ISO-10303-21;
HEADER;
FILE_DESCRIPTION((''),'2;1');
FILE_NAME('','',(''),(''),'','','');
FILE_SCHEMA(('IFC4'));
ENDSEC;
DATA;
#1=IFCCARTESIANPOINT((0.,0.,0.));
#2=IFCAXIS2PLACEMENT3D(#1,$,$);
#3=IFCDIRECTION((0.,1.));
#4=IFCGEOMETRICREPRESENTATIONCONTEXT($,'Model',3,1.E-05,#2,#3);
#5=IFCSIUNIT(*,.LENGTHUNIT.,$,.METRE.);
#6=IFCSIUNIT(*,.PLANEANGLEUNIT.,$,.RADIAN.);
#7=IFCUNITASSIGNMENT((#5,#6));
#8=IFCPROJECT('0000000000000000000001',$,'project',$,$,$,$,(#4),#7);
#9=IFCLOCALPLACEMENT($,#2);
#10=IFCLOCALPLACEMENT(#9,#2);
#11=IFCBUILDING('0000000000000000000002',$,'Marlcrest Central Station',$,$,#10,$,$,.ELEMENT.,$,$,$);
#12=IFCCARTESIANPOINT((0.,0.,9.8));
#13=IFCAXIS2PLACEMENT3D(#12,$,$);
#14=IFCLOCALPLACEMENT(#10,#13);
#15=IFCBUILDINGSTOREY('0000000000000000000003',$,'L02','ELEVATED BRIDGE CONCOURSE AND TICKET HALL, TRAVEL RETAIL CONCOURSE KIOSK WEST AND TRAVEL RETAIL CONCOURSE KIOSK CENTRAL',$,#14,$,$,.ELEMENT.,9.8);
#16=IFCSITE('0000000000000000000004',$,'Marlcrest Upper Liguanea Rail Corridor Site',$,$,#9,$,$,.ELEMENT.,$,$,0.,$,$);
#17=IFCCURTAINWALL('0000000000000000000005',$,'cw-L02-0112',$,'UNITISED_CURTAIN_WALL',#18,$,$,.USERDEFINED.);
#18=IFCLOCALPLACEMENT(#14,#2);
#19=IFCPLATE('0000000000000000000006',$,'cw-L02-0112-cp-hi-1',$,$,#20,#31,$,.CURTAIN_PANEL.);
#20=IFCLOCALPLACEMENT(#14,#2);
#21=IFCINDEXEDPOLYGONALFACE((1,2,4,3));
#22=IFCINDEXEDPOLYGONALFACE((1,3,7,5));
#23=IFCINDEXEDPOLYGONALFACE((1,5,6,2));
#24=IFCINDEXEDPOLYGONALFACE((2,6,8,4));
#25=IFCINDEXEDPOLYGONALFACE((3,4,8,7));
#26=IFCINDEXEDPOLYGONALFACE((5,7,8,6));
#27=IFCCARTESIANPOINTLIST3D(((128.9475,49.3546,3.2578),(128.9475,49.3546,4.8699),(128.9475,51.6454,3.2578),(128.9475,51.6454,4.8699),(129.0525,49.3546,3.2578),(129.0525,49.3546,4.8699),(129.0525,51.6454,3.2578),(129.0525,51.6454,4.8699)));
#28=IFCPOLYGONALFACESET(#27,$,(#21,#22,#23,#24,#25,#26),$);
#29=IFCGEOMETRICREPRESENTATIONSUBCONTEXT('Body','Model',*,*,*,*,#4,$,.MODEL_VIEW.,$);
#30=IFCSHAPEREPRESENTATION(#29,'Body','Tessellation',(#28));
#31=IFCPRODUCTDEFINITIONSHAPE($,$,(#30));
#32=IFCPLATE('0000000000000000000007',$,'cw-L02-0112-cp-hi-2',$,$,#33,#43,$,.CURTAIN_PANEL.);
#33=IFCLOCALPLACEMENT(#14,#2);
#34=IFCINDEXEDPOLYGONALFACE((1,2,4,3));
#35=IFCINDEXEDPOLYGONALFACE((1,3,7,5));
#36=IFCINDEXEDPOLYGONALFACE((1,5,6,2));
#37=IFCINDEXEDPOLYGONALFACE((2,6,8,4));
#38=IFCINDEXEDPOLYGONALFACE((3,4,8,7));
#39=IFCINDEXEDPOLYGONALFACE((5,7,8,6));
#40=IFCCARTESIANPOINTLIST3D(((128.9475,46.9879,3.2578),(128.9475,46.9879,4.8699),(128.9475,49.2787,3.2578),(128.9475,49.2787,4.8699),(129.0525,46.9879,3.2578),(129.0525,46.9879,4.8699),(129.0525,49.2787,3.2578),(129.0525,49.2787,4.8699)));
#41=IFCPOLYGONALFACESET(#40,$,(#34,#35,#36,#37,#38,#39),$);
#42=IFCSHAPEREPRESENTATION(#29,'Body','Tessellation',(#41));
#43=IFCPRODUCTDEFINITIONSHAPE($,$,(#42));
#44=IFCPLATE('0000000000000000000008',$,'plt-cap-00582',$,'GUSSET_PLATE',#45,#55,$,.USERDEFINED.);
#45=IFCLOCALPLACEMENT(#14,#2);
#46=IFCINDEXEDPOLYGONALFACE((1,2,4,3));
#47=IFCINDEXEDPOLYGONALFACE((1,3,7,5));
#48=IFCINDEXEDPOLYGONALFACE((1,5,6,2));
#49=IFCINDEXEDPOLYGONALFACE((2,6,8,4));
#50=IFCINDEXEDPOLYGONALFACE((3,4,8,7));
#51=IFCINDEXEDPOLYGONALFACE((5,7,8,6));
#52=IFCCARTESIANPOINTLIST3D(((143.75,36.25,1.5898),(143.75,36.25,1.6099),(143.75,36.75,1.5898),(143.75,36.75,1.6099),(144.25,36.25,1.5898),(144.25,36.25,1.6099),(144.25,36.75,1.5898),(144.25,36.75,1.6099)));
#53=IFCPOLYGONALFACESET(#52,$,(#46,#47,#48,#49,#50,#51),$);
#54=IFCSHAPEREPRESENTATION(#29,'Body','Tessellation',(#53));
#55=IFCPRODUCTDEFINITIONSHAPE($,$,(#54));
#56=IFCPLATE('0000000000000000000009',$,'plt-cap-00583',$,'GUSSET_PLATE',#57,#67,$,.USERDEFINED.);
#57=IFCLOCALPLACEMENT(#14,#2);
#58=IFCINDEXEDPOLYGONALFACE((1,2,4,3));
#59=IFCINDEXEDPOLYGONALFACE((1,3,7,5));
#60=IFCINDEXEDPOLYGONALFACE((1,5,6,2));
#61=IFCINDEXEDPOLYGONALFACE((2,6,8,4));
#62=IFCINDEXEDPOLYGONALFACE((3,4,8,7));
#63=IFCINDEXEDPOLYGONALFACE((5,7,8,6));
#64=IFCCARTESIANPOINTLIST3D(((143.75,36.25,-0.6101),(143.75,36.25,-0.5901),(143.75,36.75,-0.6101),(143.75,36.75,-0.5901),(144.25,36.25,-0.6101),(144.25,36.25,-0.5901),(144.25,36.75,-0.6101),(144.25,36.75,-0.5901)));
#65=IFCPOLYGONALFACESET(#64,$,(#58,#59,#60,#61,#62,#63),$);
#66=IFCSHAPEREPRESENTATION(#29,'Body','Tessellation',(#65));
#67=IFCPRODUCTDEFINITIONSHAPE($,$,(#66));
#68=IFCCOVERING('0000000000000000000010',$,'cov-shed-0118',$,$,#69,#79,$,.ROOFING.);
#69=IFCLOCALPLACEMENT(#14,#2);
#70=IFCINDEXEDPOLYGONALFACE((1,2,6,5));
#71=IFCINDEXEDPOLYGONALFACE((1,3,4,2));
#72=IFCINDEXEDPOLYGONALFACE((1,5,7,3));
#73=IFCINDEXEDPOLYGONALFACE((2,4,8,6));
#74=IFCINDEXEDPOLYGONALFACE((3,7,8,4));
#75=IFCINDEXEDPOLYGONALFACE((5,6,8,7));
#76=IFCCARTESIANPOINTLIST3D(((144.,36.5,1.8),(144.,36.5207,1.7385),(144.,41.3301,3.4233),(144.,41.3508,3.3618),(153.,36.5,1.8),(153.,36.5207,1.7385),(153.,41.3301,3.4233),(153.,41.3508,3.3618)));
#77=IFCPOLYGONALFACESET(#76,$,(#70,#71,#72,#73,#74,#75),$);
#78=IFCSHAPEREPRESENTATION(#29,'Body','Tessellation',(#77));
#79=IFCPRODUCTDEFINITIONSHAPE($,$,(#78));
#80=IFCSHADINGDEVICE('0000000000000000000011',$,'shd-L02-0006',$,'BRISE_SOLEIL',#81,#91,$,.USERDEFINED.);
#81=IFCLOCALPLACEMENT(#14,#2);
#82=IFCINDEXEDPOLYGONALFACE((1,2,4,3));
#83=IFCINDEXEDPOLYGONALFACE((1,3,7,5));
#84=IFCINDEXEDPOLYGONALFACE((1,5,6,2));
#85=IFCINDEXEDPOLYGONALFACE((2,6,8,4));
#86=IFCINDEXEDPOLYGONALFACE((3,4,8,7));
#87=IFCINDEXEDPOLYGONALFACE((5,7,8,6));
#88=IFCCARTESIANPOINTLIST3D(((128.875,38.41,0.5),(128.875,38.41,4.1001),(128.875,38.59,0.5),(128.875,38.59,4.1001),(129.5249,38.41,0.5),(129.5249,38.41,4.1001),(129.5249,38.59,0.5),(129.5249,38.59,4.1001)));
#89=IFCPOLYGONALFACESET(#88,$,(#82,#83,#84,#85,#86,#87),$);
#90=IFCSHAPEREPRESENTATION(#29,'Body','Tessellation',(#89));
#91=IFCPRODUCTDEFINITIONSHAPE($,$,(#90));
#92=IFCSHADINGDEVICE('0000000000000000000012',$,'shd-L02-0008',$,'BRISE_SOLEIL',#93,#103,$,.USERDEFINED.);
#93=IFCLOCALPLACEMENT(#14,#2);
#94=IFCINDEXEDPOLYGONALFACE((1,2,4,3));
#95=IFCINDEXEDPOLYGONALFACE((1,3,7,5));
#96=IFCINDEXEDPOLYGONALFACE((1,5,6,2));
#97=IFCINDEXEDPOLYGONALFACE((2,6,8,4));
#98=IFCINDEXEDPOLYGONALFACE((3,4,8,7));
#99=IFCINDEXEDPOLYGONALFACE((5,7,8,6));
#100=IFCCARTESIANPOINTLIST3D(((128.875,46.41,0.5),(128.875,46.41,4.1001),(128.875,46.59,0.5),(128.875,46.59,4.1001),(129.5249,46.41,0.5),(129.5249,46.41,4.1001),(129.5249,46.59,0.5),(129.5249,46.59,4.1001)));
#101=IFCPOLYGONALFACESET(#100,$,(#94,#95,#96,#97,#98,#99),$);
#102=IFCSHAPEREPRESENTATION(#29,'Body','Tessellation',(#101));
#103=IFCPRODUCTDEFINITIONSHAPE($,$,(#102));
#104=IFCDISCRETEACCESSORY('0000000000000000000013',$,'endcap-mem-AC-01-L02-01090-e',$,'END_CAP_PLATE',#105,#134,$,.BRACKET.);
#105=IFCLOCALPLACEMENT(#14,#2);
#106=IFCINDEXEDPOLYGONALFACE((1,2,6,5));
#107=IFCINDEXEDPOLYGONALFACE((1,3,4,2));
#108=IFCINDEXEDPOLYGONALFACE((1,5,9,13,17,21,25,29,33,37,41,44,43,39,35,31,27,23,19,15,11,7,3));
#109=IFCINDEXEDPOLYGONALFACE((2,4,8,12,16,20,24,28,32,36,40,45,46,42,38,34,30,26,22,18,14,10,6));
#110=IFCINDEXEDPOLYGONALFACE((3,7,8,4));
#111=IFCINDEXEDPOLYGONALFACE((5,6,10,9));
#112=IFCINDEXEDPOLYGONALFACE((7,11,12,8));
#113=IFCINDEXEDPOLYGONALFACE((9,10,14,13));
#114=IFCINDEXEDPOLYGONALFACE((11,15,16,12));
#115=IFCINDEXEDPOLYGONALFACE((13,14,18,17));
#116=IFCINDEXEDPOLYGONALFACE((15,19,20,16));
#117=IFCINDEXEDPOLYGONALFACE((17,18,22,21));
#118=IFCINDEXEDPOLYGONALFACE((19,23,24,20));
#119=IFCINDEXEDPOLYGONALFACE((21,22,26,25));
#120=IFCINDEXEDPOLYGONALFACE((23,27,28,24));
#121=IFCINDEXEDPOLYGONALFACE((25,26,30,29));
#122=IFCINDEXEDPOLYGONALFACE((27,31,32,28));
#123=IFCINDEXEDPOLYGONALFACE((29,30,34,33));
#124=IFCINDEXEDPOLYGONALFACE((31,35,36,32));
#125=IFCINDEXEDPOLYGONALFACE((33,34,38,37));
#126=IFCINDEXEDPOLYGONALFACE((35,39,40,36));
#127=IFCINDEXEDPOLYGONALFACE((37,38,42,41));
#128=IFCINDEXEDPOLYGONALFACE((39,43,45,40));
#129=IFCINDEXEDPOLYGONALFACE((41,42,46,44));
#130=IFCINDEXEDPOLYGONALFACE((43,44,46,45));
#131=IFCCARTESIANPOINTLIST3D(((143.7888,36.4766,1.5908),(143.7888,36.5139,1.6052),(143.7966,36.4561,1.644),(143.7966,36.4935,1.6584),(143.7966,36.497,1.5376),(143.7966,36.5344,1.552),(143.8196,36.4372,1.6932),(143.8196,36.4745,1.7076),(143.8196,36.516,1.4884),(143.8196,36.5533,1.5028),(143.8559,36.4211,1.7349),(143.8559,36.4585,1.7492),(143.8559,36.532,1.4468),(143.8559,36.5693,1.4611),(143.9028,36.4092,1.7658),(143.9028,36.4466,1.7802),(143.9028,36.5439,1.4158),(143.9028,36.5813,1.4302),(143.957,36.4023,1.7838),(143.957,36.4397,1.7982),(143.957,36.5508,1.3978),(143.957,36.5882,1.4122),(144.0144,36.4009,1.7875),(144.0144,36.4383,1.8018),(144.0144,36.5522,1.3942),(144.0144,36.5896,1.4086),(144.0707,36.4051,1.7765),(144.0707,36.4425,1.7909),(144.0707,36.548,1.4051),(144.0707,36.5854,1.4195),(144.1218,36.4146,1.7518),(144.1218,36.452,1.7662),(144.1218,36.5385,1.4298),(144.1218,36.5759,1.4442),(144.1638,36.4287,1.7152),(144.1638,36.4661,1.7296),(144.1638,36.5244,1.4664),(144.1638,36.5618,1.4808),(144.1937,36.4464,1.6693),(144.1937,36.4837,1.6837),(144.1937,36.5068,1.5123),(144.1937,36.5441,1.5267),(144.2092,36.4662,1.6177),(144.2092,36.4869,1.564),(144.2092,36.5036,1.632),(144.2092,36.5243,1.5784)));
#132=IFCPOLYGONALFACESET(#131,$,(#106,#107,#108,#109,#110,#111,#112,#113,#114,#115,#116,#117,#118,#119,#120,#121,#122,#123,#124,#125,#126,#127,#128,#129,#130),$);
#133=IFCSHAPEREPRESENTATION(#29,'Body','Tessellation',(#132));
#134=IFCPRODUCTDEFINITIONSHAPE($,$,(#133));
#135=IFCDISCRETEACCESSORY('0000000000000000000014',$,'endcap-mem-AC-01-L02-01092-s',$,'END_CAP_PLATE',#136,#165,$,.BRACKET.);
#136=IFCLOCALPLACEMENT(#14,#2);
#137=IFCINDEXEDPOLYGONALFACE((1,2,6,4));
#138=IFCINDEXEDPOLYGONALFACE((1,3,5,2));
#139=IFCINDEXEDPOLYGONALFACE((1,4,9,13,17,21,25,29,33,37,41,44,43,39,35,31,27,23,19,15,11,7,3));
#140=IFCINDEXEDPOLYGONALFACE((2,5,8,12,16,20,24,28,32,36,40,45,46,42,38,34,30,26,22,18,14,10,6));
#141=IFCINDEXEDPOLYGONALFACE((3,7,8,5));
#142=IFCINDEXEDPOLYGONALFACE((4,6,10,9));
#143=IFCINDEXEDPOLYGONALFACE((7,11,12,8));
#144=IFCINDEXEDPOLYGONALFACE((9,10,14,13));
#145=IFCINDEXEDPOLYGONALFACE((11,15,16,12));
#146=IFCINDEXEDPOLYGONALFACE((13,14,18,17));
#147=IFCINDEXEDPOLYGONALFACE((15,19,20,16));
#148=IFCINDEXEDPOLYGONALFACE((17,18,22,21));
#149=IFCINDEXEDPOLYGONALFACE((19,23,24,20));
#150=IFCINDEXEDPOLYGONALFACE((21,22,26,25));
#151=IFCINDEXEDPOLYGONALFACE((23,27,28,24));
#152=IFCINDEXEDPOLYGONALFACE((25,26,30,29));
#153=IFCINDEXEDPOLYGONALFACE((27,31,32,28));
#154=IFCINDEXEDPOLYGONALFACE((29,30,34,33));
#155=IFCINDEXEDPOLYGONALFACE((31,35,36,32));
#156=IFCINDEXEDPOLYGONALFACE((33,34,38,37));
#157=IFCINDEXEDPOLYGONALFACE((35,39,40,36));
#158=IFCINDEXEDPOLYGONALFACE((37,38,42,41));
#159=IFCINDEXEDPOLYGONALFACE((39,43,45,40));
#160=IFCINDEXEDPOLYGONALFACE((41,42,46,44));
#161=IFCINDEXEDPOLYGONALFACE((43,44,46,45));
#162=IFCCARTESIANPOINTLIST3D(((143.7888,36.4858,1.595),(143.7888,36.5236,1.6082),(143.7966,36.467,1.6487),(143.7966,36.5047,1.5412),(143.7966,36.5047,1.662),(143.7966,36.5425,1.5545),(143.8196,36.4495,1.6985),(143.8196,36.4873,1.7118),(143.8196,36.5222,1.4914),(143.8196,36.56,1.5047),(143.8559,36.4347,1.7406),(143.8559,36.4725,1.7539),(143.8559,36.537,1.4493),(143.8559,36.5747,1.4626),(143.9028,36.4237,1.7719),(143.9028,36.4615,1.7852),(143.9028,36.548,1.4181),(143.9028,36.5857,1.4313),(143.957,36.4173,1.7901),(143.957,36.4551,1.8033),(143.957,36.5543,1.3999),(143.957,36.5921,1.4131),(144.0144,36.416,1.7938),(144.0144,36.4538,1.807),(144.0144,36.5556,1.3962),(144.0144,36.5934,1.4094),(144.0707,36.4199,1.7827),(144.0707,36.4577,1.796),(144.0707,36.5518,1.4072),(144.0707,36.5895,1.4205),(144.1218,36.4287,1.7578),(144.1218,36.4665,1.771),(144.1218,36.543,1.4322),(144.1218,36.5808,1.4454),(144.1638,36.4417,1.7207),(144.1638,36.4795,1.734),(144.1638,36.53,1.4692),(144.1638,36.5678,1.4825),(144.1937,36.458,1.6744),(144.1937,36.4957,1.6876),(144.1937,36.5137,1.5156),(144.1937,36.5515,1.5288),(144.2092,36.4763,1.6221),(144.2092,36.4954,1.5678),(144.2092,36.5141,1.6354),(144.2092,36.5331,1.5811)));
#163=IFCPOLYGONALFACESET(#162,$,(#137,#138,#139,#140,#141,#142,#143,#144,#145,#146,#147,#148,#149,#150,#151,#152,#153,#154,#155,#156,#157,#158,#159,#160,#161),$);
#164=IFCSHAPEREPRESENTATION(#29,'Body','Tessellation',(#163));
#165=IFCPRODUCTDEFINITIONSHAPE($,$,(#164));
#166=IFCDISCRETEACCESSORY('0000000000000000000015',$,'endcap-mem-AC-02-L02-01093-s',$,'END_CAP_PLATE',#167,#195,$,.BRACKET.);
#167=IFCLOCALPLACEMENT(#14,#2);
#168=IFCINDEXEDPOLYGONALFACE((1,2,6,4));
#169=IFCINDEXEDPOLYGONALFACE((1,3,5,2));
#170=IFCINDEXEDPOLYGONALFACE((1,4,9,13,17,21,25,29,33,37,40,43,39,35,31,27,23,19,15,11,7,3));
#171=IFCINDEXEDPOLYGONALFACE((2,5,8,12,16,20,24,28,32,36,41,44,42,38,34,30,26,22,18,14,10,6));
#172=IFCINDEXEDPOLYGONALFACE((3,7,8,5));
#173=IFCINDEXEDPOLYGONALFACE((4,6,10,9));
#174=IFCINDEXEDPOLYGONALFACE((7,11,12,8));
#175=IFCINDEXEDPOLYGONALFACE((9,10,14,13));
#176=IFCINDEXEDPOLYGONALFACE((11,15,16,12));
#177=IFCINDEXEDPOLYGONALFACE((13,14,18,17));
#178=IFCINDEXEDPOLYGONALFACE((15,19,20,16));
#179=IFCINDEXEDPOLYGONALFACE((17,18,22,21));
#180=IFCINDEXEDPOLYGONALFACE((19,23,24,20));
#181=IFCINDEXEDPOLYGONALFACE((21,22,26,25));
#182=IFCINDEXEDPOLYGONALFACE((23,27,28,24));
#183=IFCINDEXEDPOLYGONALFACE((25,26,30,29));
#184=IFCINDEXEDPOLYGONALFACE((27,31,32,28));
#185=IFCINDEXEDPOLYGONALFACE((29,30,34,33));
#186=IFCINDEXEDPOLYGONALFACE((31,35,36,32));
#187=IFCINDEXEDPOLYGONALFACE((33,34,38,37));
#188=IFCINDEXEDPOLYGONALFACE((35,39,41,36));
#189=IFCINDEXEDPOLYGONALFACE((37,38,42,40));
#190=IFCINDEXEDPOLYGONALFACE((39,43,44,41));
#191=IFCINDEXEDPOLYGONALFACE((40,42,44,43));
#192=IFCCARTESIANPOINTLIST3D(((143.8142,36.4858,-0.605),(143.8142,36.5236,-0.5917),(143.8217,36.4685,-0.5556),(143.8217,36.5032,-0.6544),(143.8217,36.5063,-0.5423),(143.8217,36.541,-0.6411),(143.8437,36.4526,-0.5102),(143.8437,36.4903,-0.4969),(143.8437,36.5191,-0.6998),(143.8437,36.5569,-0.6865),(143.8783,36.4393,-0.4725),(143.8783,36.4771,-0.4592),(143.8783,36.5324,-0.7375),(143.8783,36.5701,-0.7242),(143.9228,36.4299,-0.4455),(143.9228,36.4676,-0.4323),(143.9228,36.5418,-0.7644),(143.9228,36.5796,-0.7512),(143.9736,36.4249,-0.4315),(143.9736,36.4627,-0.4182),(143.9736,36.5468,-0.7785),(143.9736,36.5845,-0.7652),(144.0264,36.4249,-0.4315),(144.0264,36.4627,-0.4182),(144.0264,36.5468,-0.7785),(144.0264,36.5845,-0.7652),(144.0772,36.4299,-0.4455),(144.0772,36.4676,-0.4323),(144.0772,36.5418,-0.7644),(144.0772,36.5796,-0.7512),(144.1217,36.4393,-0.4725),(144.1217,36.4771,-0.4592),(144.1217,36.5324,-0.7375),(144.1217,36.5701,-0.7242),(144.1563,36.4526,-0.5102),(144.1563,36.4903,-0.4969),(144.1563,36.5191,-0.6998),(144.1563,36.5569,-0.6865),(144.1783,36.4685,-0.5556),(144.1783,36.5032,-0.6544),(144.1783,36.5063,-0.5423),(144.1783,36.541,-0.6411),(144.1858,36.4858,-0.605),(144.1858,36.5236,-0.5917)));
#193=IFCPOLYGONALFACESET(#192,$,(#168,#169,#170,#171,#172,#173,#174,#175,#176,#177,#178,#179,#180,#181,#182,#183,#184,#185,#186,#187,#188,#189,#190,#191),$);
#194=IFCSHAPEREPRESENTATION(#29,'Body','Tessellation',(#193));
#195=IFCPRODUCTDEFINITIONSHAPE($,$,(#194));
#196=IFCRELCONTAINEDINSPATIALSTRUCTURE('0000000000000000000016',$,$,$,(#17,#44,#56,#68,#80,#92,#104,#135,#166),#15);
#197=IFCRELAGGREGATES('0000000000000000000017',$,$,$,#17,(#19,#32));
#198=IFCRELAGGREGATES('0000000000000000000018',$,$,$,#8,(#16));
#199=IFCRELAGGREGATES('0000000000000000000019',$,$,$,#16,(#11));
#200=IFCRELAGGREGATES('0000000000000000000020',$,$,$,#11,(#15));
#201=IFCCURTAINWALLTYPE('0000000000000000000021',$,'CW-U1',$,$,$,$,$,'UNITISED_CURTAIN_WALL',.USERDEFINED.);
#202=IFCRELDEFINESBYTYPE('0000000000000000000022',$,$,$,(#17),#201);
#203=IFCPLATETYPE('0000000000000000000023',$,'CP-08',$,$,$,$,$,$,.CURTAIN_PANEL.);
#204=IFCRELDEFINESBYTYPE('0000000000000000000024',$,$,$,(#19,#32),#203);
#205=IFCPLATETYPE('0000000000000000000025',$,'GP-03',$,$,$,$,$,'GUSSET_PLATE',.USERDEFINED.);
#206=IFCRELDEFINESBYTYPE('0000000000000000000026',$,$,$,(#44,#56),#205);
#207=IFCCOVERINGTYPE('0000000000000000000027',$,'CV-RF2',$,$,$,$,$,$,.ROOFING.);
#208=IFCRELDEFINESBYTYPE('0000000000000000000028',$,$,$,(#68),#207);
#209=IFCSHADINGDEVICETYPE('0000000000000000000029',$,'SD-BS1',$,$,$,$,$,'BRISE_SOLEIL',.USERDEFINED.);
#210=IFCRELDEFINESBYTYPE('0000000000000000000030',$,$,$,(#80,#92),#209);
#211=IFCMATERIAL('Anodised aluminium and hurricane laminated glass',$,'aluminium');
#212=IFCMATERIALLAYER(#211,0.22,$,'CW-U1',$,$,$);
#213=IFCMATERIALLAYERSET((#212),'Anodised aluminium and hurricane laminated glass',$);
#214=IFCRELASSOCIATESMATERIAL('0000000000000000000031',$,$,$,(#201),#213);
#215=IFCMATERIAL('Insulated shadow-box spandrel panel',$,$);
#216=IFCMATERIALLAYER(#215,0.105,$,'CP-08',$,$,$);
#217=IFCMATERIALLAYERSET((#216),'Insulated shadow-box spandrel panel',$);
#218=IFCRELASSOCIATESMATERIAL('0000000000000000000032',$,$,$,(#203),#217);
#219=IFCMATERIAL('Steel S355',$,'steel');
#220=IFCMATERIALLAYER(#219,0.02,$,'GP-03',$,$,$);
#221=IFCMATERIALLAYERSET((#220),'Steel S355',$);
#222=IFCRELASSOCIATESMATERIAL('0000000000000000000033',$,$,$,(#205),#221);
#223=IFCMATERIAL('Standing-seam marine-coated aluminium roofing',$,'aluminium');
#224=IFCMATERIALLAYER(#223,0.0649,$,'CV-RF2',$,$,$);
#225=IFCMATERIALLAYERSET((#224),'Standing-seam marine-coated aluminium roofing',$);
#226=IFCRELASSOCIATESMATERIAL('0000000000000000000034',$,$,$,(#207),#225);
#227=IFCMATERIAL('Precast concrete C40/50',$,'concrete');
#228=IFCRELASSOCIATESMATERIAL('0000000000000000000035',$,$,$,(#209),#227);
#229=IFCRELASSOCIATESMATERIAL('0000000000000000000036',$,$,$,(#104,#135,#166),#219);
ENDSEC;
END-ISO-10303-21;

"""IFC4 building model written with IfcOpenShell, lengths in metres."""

from ifc_helpers import new_model, si_unit, direction, frame, origin, origin_2d, place, context, subcontext, project, spatial, polyline, rectangle, circle, outline, extrude, material, layer, layer_set, type_object, element, aggregate, save


model = new_model("IFC4")

# Units and contexts
model_context = context("Model", 3, precision=1e-05, world=origin(), true_north=direction((0.0, 1.0)))
body_context = subcontext(model_context, "Body", "Model", "MODEL_VIEW")
ifc_project = project(units=[si_unit("LENGTHUNIT", "METRE"), si_unit("PLANEANGLEUNIT", "RADIAN")], contexts=[model_context])

# Site, building, storey
site_placement = place(None, origin())
site = spatial("IfcSite", under=ifc_project, at=site_placement, Name="Marlcrest Upper Liguanea Rail Corridor Site", CompositionType="ELEMENT", RefElevation=0.0)
building_placement = place(site_placement, origin())
building = spatial("IfcBuilding", under=site, at=building_placement, Name="Marlcrest Central Station", CompositionType="ELEMENT")
storey_placement = place(building_placement, frame((0.0, 0.0, 9.8)))
storey = spatial("IfcBuildingStorey", under=building, at=storey_placement, Name="L02", Description="ELEVATED BRIDGE CONCOURSE AND TICKET HALL, TRAVEL RETAIL CONCOURSE KIOSK WEST AND TRAVEL RETAIL CONCOURSE KIOSK CENTRAL", CompositionType="ELEMENT", Elevation=9.8)

# Shared definitions
ifc_material_1 = material(Name="Steel S355", Category="steel")

# Shared definitions
ifc_material_2 = material(Name="Anodised aluminium and hurricane laminated glass", Category="aluminium")
ifc_layer_1 = layer(ifc_material_2, 0.22, Name="CW-U1")
ifc_layer_set_1 = layer_set([ifc_layer_1], Name="Anodised aluminium and hurricane laminated glass")
curtain_wall_type = type_object("IfcCurtainWallType", Name="CW-U1", ElementType="UNITISED_CURTAIN_WALL", PredefinedType="USERDEFINED", material=ifc_layer_set_1)

# Curtain wall
curtain_wall_1_placement = place(storey_placement, origin())
curtain_wall_1 = element("IfcCurtainWall", 1, at=curtain_wall_1_placement, inside=storey, type_object=curtain_wall_type, Name="cw-L02-0112", ObjectType="UNITISED_CURTAIN_WALL", PredefinedType="USERDEFINED")

# Plates
ifc_material_3 = material(Name="Insulated shadow-box spandrel panel")
ifc_layer_2 = layer(ifc_material_3, 0.105, Name="CP-08")
ifc_layer_set_2 = layer_set([ifc_layer_2], Name="Insulated shadow-box spandrel panel")
plate_type_1 = type_object("IfcPlateType", Name="CP-08", PredefinedType="CURTAIN_PANEL", material=ifc_layer_set_2)
plate_1_placement = place(storey_placement, frame((129.0, 50.5, 3.2578), z_axis=(0.0, 0.0, 1.0), x_axis=(0.0, -1.0, 0.0)))
plate_1 = element("IfcPlate", 2, at=plate_1_placement, type_object=plate_type_1, Name="cw-L02-0112-cp-hi-1", PredefinedType="CURTAIN_PANEL", context=body_context, shape_type="SweptSolid", body=[
    extrude(rectangle(XDim=2.2908, YDim=0.105, at=origin_2d()), origin(), (0.0, 0.0, 1.0), 1.6121),
])
plate_2_placement = place(storey_placement, frame((129.0, 48.1333, 3.2578), z_axis=(0.0, 0.0, 1.0), x_axis=(0.0, -1.0, 0.0)))
plate_2 = element("IfcPlate", 3, at=plate_2_placement, type_object=plate_type_1, Name="cw-L02-0112-cp-hi-2", PredefinedType="CURTAIN_PANEL", context=body_context, shape_type="SweptSolid", body=[
    extrude(rectangle(XDim=2.2908, YDim=0.105, at=origin_2d()), origin(), (0.0, 0.0, 1.0), 1.6121),
])
aggregate(curtain_wall_1, [plate_1, plate_2])

# Plates
ifc_layer_3 = layer(ifc_material_1, 0.02, Name="GP-03")
ifc_layer_set_3 = layer_set([ifc_layer_3], Name="Steel S355")
plate_type_2 = type_object("IfcPlateType", Name="GP-03", ElementType="GUSSET_PLATE", PredefinedType="USERDEFINED", material=ifc_layer_set_3)
for number, where, z_axis, x_axis, name in (
    (4, (144.0, 36.5, 1.5898), (0.0, 0.0, 1.0), (1.0, 0.0, 0.0), "plt-cap-00582"),
    (5, (144.0, 36.5, -0.6101), (0.0, 0.0, 1.0), (1.0, 0.0, 0.0), "plt-cap-00583"),
):
    element("IfcPlate", number, at=place(storey_placement, frame(where, z_axis=z_axis, x_axis=x_axis)), inside=storey, type_object=plate_type_2, Name=name, ObjectType="GUSSET_PLATE", PredefinedType="USERDEFINED", context=body_context, shape_type="SweptSolid", body=[
        extrude(rectangle(XDim=0.5, YDim=0.5, at=origin_2d()), origin(), (0.0, 0.0, 1.0), 0.02),
    ])

# Covering
ifc_material_4 = material(Name="Standing-seam marine-coated aluminium roofing", Category="aluminium")
ifc_layer_4 = layer(ifc_material_4, 0.0649, Name="CV-RF2")
ifc_layer_set_4 = layer_set([ifc_layer_4], Name="Standing-seam marine-coated aluminium roofing")
covering_type = type_object("IfcCoveringType", Name="CV-RF2", PredefinedType="ROOFING", material=ifc_layer_set_4)
covering_placement = place(storey_placement, frame((144.0, 36.5, 1.8), z_axis=(0.0, -0.31857, 0.947899), x_axis=(1.0, 0.0, 0.0)))
element("IfcCovering", 6, at=covering_placement, inside=storey, type_object=covering_type, Name="cov-shed-0118", PredefinedType="ROOFING", context=body_context, shape_type="SweptSolid", body=[
    extrude(outline(polyline([(0.0, 0.0), (9.0, 0.0), (9.0, 5.0956), (0.0, 5.0956), (0.0, 0.0)])), origin(), (0.0, 0.0, -1.0), 0.0649),
])

# Shading devices
ifc_material_5 = material(Name="Precast concrete C40/50", Category="concrete")
shading_device_type = type_object("IfcShadingDeviceType", Name="SD-BS1", ElementType="BRISE_SOLEIL", PredefinedType="USERDEFINED", material=ifc_material_5)
for number, where, z_axis, x_axis, name in (
    (7, (129.2, 38.5, 0.5), (0.0, 0.0, 1.0), (0.0, 1.0, 0.0), "shd-L02-0006"),
    (8, (129.2, 46.5, 0.5), (0.0, 0.0, 1.0), (0.0, 1.0, 0.0), "shd-L02-0008"),
):
    element("IfcShadingDevice", number, at=place(storey_placement, frame(where, z_axis=z_axis, x_axis=x_axis)), inside=storey, type_object=shading_device_type, Name=name, ObjectType="BRISE_SOLEIL", PredefinedType="USERDEFINED", context=body_context, shape_type="SweptSolid", body=[
        extrude(rectangle(XDim=0.1799, YDim=0.6499, at=origin_2d()), origin(), (0.0, 0.0, 1.0), 3.6001),
    ])

# Discrete accessories
for number, where, z_axis, x_axis, name in (
    (9, (144.0, 36.4766, 1.5908), (0.0, 0.933324, 0.359035), (-1.0, 0.0, 0.0), "endcap-mem-AC-01-L02-01090-e"),
    (10, (144.0, 36.4858, 1.595), (0.0, 0.943537, 0.331266), (-1.0, 0.0, 0.0), "endcap-mem-AC-01-L02-01092-s"),
):
    element("IfcDiscreteAccessory", number, at=place(storey_placement, frame(where, z_axis=z_axis, x_axis=x_axis)), inside=storey, material=ifc_material_1, Name=name, ObjectType="END_CAP_PLATE", PredefinedType="BRACKET", context=body_context, shape_type="SweptSolid", body=[
        extrude(circle(Radius=0.2112, at=origin_2d()), origin(), (0.0, 0.0, 1.0), 0.04),
    ])
discrete_accessory_1_placement = place(storey_placement, frame((144.0, 36.4858, -0.605), z_axis=(0.0, 0.943537, 0.331266), x_axis=(-1.0, 0.0, 0.0)))
element("IfcDiscreteAccessory", 11, at=discrete_accessory_1_placement, inside=storey, material=ifc_material_1, Name="endcap-mem-AC-02-L02-01093-s", ObjectType="END_CAP_PLATE", PredefinedType="BRACKET", context=body_context, shape_type="SweptSolid", body=[
    extrude(circle(Radius=0.1858, at=origin_2d()), origin(), (0.0, 0.0, 1.0), 0.04),
])

save(model, "model.ifc")
